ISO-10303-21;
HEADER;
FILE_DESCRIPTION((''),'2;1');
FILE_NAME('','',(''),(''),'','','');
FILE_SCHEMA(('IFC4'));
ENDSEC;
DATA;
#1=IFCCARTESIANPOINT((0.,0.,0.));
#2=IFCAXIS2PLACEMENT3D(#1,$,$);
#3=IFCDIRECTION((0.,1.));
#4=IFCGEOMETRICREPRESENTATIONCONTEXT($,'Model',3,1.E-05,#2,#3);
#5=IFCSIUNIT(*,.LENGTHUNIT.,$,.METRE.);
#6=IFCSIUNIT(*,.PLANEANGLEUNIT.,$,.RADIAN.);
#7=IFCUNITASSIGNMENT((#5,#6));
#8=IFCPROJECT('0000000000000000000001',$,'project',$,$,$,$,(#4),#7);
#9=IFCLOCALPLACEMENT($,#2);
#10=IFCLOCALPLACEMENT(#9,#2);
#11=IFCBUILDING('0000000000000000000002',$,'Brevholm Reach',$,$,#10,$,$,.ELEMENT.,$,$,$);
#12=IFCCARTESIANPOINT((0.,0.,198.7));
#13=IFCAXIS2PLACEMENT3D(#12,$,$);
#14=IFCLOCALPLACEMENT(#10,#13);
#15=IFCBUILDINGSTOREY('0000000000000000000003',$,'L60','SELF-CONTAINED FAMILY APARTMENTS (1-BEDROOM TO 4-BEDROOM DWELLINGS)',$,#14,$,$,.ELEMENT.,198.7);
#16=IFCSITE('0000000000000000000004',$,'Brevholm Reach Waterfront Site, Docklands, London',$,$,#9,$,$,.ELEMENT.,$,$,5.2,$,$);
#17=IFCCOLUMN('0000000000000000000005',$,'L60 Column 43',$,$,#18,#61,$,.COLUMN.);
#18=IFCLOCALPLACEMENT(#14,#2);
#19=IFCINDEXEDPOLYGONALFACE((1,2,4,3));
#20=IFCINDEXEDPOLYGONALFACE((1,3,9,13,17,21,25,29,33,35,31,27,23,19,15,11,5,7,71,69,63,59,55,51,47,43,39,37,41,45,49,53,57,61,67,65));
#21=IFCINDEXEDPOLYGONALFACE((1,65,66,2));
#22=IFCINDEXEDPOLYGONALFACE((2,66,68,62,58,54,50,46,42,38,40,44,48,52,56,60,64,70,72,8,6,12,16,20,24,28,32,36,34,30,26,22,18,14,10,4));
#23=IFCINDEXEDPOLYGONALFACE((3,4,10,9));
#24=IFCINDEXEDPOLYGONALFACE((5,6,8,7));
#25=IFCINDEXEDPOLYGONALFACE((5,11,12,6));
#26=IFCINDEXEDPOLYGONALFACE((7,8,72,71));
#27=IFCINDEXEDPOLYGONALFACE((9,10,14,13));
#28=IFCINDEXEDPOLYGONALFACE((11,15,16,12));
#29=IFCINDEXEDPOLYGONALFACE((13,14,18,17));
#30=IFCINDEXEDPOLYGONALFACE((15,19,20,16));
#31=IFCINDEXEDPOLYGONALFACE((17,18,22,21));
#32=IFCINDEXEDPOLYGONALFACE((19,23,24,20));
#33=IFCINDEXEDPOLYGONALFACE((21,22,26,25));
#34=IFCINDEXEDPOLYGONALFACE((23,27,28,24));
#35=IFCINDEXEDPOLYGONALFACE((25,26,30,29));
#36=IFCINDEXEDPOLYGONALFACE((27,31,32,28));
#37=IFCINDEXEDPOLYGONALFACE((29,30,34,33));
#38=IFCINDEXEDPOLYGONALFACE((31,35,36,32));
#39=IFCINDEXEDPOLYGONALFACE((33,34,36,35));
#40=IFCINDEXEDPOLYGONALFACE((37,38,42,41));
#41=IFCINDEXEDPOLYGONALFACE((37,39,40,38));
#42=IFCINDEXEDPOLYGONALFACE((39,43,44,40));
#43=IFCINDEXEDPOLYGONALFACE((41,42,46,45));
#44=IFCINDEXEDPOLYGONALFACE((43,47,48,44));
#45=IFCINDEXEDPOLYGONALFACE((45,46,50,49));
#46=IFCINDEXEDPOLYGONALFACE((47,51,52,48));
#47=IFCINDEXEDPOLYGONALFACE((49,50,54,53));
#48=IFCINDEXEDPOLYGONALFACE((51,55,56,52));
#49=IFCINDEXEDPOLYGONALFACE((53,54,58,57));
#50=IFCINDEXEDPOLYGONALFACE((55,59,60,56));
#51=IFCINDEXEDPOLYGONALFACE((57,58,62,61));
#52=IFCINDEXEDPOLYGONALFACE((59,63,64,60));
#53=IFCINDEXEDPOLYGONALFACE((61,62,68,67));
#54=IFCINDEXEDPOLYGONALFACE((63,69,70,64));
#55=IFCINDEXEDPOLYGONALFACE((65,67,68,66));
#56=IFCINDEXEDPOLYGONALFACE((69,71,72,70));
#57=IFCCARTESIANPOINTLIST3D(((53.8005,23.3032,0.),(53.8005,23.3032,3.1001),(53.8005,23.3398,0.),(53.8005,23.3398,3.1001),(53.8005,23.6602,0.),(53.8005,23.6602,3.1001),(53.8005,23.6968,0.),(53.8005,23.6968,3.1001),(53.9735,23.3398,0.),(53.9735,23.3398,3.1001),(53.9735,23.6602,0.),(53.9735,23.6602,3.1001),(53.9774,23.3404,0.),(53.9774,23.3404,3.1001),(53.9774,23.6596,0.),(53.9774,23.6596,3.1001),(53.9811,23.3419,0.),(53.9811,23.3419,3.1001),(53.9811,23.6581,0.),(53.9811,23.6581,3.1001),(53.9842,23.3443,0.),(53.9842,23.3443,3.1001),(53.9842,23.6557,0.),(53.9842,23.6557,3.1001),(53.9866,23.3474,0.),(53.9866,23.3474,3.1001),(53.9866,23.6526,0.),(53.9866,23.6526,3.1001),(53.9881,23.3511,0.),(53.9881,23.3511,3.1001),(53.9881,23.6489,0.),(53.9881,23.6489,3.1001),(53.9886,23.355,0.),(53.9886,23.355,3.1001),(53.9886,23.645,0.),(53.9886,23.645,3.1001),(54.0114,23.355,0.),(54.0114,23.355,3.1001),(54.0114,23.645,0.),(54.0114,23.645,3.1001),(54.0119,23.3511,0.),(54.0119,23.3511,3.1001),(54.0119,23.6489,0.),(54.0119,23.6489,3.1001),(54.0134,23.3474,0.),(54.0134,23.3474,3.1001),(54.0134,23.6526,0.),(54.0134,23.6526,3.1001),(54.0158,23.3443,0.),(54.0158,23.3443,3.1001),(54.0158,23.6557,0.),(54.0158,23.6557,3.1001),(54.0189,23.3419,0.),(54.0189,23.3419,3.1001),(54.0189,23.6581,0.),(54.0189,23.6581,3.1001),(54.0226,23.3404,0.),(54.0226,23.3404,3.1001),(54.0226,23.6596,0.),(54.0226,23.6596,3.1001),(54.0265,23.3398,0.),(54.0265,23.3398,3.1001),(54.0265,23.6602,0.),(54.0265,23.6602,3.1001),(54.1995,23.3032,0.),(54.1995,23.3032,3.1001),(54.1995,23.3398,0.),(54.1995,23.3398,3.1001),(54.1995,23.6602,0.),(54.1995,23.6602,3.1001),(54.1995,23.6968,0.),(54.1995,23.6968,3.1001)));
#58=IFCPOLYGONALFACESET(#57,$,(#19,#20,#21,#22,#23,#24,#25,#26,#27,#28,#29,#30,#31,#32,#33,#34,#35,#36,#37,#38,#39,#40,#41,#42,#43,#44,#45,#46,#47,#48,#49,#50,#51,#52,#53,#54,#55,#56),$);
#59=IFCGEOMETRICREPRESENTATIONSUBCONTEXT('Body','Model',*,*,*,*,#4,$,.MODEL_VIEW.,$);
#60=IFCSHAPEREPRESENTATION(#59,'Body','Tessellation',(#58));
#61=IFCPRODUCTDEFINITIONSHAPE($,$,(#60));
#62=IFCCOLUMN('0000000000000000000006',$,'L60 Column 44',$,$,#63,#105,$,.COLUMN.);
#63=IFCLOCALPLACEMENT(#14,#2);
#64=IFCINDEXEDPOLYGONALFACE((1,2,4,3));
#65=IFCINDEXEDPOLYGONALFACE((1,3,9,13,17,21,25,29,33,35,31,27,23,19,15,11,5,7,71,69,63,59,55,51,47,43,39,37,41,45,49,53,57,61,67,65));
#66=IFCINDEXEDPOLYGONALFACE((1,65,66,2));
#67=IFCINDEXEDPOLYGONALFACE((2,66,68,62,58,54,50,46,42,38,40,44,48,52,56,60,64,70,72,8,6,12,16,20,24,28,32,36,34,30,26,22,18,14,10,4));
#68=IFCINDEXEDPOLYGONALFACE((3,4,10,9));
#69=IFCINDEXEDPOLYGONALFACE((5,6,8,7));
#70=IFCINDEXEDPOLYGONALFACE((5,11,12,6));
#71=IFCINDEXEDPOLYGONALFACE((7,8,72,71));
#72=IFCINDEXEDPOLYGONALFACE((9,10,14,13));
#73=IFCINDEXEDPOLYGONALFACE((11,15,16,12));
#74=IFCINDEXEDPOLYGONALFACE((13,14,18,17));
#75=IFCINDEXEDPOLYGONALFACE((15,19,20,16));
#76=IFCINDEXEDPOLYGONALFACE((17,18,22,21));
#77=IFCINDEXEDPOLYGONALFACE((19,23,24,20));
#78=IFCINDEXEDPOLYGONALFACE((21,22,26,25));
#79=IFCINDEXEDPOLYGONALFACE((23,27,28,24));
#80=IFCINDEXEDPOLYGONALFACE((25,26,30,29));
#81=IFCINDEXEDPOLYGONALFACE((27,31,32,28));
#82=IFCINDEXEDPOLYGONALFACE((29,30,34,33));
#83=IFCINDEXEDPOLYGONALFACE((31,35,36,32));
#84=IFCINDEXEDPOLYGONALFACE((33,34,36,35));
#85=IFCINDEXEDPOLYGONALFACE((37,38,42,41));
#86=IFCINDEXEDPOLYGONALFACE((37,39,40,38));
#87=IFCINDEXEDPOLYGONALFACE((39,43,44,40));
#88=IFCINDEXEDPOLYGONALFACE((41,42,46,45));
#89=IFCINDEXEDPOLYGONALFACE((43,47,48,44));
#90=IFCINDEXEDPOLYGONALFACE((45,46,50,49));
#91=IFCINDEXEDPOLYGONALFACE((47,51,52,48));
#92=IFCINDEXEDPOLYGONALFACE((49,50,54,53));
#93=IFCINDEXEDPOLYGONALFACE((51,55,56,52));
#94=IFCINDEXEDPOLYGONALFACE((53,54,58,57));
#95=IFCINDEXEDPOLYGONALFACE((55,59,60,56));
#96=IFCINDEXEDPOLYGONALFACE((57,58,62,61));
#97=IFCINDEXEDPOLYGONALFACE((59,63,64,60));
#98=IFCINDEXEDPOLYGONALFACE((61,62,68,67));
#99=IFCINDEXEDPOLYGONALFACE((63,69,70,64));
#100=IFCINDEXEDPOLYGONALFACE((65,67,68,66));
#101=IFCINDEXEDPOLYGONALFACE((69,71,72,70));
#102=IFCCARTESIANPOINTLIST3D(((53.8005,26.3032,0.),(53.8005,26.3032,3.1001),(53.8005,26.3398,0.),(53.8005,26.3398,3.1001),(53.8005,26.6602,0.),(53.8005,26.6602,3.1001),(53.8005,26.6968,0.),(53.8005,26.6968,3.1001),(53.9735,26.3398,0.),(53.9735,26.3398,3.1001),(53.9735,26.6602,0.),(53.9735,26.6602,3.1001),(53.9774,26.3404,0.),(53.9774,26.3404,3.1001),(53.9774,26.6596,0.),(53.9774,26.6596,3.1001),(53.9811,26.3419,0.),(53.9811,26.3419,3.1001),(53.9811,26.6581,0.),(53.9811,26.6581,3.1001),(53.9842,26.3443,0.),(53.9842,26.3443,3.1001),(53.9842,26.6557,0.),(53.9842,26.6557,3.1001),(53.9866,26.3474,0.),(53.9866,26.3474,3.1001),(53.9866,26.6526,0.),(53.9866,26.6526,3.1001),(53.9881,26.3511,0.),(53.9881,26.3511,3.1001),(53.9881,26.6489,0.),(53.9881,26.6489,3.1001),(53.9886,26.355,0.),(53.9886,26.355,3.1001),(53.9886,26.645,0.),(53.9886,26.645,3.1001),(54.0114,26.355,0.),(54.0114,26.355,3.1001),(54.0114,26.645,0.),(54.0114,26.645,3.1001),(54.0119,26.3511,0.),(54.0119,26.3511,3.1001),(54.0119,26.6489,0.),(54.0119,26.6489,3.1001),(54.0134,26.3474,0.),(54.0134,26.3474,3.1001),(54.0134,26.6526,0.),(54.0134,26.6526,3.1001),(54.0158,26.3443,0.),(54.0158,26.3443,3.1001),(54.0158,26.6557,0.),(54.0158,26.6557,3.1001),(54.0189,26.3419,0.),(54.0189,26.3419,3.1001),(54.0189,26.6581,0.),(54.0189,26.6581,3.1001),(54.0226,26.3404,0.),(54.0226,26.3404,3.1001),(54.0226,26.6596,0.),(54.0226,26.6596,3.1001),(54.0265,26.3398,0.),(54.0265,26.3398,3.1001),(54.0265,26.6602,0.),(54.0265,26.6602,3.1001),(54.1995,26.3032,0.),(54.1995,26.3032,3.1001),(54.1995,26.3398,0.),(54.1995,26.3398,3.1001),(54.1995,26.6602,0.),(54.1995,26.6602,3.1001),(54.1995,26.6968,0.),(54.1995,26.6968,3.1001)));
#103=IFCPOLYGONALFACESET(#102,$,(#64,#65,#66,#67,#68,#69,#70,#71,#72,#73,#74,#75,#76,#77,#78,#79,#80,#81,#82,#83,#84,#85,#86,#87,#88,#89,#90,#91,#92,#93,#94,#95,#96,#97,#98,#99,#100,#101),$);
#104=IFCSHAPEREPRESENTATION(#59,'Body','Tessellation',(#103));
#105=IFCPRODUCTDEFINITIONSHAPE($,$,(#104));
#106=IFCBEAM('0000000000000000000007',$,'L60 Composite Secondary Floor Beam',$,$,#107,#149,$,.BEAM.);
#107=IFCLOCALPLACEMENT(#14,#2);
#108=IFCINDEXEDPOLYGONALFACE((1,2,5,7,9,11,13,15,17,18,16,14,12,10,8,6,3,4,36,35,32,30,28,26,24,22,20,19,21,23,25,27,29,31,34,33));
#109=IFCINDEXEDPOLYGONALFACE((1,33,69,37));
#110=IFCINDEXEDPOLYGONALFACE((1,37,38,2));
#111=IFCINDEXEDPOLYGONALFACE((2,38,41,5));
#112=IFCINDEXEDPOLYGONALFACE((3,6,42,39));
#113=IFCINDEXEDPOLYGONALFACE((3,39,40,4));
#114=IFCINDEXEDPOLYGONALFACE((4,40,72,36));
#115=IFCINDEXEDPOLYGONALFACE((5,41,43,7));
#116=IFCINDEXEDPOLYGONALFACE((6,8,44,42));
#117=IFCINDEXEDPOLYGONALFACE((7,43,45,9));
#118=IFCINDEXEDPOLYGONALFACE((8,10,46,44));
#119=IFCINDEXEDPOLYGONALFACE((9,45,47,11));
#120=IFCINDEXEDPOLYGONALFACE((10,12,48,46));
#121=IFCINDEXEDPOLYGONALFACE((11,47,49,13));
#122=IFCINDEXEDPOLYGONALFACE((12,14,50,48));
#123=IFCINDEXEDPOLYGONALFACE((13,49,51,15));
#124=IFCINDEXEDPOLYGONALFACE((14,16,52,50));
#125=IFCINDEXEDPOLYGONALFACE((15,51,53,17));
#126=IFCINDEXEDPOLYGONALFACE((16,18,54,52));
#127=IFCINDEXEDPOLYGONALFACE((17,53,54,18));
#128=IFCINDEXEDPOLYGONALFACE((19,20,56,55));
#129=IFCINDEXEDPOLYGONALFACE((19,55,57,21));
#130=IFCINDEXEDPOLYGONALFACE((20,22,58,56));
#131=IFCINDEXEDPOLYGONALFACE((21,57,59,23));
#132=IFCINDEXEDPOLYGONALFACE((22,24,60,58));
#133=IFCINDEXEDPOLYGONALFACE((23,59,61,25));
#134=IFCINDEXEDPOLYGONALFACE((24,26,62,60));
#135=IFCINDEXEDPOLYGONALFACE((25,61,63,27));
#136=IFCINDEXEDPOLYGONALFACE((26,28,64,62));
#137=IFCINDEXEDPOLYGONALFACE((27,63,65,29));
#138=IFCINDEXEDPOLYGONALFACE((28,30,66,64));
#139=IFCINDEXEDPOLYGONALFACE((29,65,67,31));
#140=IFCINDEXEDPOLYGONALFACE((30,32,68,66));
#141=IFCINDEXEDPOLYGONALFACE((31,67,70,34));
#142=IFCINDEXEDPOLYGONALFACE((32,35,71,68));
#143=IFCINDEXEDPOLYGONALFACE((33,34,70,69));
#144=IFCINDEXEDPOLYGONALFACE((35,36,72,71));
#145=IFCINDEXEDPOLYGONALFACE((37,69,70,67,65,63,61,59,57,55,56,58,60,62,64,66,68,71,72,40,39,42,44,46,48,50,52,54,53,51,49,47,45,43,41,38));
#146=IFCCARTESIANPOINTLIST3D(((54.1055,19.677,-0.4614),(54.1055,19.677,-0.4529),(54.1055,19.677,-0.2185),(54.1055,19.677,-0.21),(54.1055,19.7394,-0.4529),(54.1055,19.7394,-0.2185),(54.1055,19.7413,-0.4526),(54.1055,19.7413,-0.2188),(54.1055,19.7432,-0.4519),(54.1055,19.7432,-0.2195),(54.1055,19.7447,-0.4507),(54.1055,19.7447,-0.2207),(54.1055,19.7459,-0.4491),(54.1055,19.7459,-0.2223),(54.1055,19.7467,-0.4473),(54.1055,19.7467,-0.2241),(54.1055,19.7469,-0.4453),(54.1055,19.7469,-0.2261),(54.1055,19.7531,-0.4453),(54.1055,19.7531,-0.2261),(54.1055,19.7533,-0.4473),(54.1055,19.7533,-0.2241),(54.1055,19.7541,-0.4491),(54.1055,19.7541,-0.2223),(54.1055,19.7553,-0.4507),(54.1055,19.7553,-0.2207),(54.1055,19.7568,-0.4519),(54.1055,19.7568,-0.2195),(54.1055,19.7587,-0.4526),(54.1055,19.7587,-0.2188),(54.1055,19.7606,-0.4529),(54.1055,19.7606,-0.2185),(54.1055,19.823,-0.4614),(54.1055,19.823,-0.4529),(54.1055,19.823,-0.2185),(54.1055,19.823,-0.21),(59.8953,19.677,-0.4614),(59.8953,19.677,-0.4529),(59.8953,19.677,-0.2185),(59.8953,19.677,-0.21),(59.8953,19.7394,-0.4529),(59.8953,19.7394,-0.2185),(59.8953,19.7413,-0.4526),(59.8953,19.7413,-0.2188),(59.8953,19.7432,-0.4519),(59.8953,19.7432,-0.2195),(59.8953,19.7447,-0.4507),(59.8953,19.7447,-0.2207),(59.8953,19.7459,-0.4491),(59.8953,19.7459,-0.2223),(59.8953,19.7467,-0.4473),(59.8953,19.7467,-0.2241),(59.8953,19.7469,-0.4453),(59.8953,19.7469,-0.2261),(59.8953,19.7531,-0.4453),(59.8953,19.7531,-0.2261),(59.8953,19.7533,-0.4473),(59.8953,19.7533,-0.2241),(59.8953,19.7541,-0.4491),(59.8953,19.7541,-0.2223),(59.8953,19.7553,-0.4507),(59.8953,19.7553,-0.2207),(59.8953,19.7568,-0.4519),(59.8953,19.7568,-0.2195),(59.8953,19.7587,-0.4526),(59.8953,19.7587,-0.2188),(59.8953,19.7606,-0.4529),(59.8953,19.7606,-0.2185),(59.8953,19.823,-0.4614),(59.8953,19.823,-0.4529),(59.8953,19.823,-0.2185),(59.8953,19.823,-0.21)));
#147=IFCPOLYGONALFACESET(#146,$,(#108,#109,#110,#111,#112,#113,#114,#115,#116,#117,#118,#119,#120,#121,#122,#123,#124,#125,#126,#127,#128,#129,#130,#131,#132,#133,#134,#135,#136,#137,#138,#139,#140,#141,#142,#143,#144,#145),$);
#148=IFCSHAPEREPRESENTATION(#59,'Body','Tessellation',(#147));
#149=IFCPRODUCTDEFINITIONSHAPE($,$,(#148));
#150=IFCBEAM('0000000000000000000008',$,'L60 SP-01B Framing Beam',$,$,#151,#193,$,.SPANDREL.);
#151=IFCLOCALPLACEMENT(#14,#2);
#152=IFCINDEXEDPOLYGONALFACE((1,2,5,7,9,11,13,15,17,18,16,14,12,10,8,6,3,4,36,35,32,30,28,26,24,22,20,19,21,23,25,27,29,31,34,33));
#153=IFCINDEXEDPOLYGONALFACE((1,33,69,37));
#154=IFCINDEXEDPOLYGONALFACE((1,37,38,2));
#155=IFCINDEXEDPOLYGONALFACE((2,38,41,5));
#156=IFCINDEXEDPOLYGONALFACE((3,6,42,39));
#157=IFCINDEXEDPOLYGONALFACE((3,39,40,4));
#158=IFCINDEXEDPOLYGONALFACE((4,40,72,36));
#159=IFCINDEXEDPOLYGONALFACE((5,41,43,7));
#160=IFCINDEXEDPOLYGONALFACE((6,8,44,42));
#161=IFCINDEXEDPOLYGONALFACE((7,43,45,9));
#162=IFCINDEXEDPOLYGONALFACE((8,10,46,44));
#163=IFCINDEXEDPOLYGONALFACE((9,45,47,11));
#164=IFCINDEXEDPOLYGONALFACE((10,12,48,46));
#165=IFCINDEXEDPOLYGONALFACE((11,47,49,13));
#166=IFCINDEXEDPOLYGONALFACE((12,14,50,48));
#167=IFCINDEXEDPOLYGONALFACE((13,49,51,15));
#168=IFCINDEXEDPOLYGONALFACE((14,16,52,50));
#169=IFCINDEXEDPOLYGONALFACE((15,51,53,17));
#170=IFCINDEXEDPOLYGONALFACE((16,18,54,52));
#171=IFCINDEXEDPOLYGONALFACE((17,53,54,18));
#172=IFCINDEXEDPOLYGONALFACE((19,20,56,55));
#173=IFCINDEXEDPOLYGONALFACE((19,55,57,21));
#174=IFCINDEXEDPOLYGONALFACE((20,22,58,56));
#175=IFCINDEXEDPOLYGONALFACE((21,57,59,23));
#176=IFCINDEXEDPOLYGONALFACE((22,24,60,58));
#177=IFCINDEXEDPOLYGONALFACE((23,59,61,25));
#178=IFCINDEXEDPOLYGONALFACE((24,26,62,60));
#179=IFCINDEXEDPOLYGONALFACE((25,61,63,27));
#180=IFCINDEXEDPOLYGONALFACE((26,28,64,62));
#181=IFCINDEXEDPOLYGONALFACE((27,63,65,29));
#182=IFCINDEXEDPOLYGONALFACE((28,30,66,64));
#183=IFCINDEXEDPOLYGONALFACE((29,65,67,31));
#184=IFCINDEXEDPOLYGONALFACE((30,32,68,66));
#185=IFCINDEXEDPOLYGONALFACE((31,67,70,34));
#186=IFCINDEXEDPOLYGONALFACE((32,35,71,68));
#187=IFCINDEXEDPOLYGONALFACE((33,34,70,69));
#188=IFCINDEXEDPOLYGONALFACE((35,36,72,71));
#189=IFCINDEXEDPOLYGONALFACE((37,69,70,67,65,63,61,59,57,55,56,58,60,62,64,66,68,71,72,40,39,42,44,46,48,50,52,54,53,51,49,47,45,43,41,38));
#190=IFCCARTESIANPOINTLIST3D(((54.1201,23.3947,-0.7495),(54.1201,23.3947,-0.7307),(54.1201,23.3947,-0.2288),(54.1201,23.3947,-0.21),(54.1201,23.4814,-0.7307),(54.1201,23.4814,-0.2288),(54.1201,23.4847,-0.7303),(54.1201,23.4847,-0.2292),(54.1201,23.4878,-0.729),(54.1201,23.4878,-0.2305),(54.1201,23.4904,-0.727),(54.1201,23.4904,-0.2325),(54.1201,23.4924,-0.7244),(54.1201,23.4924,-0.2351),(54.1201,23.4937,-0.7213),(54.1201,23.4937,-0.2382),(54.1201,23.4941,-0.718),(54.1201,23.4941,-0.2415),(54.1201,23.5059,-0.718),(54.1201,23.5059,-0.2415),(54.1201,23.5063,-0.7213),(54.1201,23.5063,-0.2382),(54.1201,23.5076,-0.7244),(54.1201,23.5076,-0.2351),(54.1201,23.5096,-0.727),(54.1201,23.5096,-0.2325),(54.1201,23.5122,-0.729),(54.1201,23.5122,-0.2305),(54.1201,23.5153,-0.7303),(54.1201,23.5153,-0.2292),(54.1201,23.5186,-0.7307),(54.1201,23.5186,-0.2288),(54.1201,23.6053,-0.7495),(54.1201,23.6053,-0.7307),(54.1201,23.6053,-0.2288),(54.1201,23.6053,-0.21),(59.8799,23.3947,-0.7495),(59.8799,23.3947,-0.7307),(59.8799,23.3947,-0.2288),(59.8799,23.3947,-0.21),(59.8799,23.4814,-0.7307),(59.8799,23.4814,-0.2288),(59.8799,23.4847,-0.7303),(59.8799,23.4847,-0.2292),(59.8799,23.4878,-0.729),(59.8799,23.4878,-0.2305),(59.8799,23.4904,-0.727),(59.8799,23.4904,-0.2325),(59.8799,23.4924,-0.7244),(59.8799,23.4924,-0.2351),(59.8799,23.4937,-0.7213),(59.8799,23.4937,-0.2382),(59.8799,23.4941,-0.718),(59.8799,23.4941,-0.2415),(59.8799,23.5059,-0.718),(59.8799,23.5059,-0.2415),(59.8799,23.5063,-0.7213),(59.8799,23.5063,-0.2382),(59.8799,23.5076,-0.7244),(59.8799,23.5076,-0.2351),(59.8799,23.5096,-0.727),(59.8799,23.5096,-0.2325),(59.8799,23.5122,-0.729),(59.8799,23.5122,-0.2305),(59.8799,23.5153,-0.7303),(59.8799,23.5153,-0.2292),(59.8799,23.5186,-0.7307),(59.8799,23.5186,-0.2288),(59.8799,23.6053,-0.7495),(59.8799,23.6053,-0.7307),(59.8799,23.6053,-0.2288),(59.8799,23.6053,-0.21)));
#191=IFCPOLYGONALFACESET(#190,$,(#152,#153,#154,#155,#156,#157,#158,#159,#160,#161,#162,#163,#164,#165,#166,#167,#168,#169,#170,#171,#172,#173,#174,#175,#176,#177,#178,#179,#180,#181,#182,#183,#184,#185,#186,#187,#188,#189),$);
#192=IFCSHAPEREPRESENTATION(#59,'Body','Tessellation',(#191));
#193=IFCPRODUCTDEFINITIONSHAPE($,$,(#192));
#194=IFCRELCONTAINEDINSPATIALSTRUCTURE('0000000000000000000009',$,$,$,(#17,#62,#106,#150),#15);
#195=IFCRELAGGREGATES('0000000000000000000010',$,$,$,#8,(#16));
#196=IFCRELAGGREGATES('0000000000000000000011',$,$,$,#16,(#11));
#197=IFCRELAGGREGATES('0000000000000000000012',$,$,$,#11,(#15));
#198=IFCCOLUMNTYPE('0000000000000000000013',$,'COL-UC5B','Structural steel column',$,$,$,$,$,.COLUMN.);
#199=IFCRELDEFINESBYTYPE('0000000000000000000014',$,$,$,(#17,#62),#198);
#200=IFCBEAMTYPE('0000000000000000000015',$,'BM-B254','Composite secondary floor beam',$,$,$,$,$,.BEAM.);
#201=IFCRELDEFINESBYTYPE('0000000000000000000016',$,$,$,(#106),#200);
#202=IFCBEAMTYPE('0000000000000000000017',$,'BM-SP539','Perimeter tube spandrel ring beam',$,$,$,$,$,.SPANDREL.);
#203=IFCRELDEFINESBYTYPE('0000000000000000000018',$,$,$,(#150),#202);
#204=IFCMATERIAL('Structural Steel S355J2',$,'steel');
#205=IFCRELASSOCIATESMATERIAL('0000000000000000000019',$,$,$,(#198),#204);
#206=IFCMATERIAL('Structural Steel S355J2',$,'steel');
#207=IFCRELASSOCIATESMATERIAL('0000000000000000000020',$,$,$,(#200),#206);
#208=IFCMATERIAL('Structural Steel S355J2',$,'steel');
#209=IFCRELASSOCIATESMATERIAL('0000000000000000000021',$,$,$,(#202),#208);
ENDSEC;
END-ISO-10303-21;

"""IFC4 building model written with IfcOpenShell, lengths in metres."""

from ifc_helpers import new_model, si_unit, direction, frame, origin, origin_2d, place, context, subcontext, project, spatial, i_section, extrude, material, material_profile, profile_set, type_object, element, save


model = new_model("IFC4")

# Units and contexts
model_context = context("Model", 3, precision=1e-05, world=origin(), true_north=direction((0.0, 1.0)))
body_context = subcontext(model_context, "Body", "Model", "MODEL_VIEW")
ifc_project = project(units=[si_unit("LENGTHUNIT", "METRE"), si_unit("PLANEANGLEUNIT", "RADIAN")], contexts=[model_context])

# Site, building, storey
site_placement = place(None, origin())
site = spatial("IfcSite", under=ifc_project, at=site_placement, Name="Brevholm Reach Waterfront Site, Docklands, London", CompositionType="ELEMENT", RefElevation=5.2)
building_placement = place(site_placement, origin())
building = spatial("IfcBuilding", under=site, at=building_placement, Name="Brevholm Reach", CompositionType="ELEMENT")
storey_placement = place(building_placement, frame((0.0, 0.0, 198.7)))
storey = spatial("IfcBuildingStorey", under=building, at=storey_placement, Name="L60", Description="SELF-CONTAINED FAMILY APARTMENTS (1-BEDROOM TO 4-BEDROOM DWELLINGS)", CompositionType="ELEMENT", Elevation=198.7)

# Columns
ifc_material_1 = material(Name="Structural Steel S355J2", Category="steel")
ifc_material_profile_1 = material_profile(ifc_material_1, i_section(OverallWidth=0.3989, OverallDepth=0.3936, WebThickness=0.0227, FlangeThickness=0.0366, FilletRadius=0.0151, at=origin_2d()), Name="UKC 356x406x287")
ifc_profile_set_1 = profile_set([ifc_material_profile_1], Name="Structural Steel S355J2")
column_type = type_object("IfcColumnType", Name="COL-UC5B", Description="Structural steel column", PredefinedType="COLUMN", material=ifc_profile_set_1)
for number, where, z_axis, x_axis, name in (
    (1, (54.0, 23.5, 0.0), (0.0, 0.0, 1.0), (1.0, 0.0, 0.0), "L60 Column 43"),
    (2, (54.0, 26.5, 0.0), (0.0, 0.0, 1.0), (1.0, 0.0, 0.0), "L60 Column 44"),
):
    element("IfcColumn", number, at=place(storey_placement, frame(where, z_axis=z_axis, x_axis=x_axis)), inside=storey, type_object=column_type, Name=name, PredefinedType="COLUMN", context=body_context, shape_type="SweptSolid", body=[
        extrude(i_section(OverallWidth=0.3989, OverallDepth=0.3936, WebThickness=0.0227, FlangeThickness=0.0366, FilletRadius=0.0151, at=origin_2d()), origin(), (0.0, 0.0, 1.0), 3.1001),
    ])

# Beams
ifc_material_2 = material(Name="Structural Steel S355J2", Category="steel")
ifc_material_profile_2 = material_profile(ifc_material_2, i_section(OverallWidth=0.146, OverallDepth=0.2515, WebThickness=0.0061, FlangeThickness=0.0085, FilletRadius=0.0076, at=origin_2d()), Name="UKB 254x146x31")
ifc_profile_set_2 = profile_set([ifc_material_profile_2], Name="Structural Steel S355J2")
beam_type_1 = type_object("IfcBeamType", Name="BM-B254", Description="Composite secondary floor beam", PredefinedType="BEAM", material=ifc_profile_set_2)
beam_1_placement = place(storey_placement, frame((54.1055, 19.75, -0.3357), z_axis=(1.0, 0.0, 0.0), x_axis=(0.0, 1.0, 0.0)))
element("IfcBeam", 3, at=beam_1_placement, inside=storey, type_object=beam_type_1, Name="L60 Composite Secondary Floor Beam", PredefinedType="BEAM", context=body_context, shape_type="SweptSolid", body=[
    extrude(i_section(OverallWidth=0.146, OverallDepth=0.2515, WebThickness=0.0061, FlangeThickness=0.0085, FilletRadius=0.0076, at=origin_2d()), origin(), (0.0, 0.0, 1.0), 5.7898),
])
ifc_material_3 = material(Name="Structural Steel S355J2", Category="steel")
ifc_material_profile_3 = material_profile(ifc_material_3, i_section(OverallWidth=0.2107, OverallDepth=0.5396, WebThickness=0.0117, FlangeThickness=0.0188, FilletRadius=0.0127, at=origin_2d()), Name="UKB 533x210x109")
ifc_profile_set_3 = profile_set([ifc_material_profile_3], Name="Structural Steel S355J2")
beam_type_2 = type_object("IfcBeamType", Name="BM-SP539", Description="Perimeter tube spandrel ring beam", PredefinedType="SPANDREL", material=ifc_profile_set_3)
beam_2_placement = place(storey_placement, frame((54.1201, 23.5, -0.4797), z_axis=(1.0, 0.0, 0.0), x_axis=(0.0, 1.0, 0.0)))
element("IfcBeam", 4, at=beam_2_placement, inside=storey, type_object=beam_type_2, Name="L60 SP-01B Framing Beam", PredefinedType="SPANDREL", context=body_context, shape_type="SweptSolid", body=[
    extrude(i_section(OverallWidth=0.2107, OverallDepth=0.5396, WebThickness=0.0117, FlangeThickness=0.0188, FilletRadius=0.0127, at=origin_2d()), origin(), (0.0, 0.0, 1.0), 5.7598),
])

save(model, "model.ifc")
